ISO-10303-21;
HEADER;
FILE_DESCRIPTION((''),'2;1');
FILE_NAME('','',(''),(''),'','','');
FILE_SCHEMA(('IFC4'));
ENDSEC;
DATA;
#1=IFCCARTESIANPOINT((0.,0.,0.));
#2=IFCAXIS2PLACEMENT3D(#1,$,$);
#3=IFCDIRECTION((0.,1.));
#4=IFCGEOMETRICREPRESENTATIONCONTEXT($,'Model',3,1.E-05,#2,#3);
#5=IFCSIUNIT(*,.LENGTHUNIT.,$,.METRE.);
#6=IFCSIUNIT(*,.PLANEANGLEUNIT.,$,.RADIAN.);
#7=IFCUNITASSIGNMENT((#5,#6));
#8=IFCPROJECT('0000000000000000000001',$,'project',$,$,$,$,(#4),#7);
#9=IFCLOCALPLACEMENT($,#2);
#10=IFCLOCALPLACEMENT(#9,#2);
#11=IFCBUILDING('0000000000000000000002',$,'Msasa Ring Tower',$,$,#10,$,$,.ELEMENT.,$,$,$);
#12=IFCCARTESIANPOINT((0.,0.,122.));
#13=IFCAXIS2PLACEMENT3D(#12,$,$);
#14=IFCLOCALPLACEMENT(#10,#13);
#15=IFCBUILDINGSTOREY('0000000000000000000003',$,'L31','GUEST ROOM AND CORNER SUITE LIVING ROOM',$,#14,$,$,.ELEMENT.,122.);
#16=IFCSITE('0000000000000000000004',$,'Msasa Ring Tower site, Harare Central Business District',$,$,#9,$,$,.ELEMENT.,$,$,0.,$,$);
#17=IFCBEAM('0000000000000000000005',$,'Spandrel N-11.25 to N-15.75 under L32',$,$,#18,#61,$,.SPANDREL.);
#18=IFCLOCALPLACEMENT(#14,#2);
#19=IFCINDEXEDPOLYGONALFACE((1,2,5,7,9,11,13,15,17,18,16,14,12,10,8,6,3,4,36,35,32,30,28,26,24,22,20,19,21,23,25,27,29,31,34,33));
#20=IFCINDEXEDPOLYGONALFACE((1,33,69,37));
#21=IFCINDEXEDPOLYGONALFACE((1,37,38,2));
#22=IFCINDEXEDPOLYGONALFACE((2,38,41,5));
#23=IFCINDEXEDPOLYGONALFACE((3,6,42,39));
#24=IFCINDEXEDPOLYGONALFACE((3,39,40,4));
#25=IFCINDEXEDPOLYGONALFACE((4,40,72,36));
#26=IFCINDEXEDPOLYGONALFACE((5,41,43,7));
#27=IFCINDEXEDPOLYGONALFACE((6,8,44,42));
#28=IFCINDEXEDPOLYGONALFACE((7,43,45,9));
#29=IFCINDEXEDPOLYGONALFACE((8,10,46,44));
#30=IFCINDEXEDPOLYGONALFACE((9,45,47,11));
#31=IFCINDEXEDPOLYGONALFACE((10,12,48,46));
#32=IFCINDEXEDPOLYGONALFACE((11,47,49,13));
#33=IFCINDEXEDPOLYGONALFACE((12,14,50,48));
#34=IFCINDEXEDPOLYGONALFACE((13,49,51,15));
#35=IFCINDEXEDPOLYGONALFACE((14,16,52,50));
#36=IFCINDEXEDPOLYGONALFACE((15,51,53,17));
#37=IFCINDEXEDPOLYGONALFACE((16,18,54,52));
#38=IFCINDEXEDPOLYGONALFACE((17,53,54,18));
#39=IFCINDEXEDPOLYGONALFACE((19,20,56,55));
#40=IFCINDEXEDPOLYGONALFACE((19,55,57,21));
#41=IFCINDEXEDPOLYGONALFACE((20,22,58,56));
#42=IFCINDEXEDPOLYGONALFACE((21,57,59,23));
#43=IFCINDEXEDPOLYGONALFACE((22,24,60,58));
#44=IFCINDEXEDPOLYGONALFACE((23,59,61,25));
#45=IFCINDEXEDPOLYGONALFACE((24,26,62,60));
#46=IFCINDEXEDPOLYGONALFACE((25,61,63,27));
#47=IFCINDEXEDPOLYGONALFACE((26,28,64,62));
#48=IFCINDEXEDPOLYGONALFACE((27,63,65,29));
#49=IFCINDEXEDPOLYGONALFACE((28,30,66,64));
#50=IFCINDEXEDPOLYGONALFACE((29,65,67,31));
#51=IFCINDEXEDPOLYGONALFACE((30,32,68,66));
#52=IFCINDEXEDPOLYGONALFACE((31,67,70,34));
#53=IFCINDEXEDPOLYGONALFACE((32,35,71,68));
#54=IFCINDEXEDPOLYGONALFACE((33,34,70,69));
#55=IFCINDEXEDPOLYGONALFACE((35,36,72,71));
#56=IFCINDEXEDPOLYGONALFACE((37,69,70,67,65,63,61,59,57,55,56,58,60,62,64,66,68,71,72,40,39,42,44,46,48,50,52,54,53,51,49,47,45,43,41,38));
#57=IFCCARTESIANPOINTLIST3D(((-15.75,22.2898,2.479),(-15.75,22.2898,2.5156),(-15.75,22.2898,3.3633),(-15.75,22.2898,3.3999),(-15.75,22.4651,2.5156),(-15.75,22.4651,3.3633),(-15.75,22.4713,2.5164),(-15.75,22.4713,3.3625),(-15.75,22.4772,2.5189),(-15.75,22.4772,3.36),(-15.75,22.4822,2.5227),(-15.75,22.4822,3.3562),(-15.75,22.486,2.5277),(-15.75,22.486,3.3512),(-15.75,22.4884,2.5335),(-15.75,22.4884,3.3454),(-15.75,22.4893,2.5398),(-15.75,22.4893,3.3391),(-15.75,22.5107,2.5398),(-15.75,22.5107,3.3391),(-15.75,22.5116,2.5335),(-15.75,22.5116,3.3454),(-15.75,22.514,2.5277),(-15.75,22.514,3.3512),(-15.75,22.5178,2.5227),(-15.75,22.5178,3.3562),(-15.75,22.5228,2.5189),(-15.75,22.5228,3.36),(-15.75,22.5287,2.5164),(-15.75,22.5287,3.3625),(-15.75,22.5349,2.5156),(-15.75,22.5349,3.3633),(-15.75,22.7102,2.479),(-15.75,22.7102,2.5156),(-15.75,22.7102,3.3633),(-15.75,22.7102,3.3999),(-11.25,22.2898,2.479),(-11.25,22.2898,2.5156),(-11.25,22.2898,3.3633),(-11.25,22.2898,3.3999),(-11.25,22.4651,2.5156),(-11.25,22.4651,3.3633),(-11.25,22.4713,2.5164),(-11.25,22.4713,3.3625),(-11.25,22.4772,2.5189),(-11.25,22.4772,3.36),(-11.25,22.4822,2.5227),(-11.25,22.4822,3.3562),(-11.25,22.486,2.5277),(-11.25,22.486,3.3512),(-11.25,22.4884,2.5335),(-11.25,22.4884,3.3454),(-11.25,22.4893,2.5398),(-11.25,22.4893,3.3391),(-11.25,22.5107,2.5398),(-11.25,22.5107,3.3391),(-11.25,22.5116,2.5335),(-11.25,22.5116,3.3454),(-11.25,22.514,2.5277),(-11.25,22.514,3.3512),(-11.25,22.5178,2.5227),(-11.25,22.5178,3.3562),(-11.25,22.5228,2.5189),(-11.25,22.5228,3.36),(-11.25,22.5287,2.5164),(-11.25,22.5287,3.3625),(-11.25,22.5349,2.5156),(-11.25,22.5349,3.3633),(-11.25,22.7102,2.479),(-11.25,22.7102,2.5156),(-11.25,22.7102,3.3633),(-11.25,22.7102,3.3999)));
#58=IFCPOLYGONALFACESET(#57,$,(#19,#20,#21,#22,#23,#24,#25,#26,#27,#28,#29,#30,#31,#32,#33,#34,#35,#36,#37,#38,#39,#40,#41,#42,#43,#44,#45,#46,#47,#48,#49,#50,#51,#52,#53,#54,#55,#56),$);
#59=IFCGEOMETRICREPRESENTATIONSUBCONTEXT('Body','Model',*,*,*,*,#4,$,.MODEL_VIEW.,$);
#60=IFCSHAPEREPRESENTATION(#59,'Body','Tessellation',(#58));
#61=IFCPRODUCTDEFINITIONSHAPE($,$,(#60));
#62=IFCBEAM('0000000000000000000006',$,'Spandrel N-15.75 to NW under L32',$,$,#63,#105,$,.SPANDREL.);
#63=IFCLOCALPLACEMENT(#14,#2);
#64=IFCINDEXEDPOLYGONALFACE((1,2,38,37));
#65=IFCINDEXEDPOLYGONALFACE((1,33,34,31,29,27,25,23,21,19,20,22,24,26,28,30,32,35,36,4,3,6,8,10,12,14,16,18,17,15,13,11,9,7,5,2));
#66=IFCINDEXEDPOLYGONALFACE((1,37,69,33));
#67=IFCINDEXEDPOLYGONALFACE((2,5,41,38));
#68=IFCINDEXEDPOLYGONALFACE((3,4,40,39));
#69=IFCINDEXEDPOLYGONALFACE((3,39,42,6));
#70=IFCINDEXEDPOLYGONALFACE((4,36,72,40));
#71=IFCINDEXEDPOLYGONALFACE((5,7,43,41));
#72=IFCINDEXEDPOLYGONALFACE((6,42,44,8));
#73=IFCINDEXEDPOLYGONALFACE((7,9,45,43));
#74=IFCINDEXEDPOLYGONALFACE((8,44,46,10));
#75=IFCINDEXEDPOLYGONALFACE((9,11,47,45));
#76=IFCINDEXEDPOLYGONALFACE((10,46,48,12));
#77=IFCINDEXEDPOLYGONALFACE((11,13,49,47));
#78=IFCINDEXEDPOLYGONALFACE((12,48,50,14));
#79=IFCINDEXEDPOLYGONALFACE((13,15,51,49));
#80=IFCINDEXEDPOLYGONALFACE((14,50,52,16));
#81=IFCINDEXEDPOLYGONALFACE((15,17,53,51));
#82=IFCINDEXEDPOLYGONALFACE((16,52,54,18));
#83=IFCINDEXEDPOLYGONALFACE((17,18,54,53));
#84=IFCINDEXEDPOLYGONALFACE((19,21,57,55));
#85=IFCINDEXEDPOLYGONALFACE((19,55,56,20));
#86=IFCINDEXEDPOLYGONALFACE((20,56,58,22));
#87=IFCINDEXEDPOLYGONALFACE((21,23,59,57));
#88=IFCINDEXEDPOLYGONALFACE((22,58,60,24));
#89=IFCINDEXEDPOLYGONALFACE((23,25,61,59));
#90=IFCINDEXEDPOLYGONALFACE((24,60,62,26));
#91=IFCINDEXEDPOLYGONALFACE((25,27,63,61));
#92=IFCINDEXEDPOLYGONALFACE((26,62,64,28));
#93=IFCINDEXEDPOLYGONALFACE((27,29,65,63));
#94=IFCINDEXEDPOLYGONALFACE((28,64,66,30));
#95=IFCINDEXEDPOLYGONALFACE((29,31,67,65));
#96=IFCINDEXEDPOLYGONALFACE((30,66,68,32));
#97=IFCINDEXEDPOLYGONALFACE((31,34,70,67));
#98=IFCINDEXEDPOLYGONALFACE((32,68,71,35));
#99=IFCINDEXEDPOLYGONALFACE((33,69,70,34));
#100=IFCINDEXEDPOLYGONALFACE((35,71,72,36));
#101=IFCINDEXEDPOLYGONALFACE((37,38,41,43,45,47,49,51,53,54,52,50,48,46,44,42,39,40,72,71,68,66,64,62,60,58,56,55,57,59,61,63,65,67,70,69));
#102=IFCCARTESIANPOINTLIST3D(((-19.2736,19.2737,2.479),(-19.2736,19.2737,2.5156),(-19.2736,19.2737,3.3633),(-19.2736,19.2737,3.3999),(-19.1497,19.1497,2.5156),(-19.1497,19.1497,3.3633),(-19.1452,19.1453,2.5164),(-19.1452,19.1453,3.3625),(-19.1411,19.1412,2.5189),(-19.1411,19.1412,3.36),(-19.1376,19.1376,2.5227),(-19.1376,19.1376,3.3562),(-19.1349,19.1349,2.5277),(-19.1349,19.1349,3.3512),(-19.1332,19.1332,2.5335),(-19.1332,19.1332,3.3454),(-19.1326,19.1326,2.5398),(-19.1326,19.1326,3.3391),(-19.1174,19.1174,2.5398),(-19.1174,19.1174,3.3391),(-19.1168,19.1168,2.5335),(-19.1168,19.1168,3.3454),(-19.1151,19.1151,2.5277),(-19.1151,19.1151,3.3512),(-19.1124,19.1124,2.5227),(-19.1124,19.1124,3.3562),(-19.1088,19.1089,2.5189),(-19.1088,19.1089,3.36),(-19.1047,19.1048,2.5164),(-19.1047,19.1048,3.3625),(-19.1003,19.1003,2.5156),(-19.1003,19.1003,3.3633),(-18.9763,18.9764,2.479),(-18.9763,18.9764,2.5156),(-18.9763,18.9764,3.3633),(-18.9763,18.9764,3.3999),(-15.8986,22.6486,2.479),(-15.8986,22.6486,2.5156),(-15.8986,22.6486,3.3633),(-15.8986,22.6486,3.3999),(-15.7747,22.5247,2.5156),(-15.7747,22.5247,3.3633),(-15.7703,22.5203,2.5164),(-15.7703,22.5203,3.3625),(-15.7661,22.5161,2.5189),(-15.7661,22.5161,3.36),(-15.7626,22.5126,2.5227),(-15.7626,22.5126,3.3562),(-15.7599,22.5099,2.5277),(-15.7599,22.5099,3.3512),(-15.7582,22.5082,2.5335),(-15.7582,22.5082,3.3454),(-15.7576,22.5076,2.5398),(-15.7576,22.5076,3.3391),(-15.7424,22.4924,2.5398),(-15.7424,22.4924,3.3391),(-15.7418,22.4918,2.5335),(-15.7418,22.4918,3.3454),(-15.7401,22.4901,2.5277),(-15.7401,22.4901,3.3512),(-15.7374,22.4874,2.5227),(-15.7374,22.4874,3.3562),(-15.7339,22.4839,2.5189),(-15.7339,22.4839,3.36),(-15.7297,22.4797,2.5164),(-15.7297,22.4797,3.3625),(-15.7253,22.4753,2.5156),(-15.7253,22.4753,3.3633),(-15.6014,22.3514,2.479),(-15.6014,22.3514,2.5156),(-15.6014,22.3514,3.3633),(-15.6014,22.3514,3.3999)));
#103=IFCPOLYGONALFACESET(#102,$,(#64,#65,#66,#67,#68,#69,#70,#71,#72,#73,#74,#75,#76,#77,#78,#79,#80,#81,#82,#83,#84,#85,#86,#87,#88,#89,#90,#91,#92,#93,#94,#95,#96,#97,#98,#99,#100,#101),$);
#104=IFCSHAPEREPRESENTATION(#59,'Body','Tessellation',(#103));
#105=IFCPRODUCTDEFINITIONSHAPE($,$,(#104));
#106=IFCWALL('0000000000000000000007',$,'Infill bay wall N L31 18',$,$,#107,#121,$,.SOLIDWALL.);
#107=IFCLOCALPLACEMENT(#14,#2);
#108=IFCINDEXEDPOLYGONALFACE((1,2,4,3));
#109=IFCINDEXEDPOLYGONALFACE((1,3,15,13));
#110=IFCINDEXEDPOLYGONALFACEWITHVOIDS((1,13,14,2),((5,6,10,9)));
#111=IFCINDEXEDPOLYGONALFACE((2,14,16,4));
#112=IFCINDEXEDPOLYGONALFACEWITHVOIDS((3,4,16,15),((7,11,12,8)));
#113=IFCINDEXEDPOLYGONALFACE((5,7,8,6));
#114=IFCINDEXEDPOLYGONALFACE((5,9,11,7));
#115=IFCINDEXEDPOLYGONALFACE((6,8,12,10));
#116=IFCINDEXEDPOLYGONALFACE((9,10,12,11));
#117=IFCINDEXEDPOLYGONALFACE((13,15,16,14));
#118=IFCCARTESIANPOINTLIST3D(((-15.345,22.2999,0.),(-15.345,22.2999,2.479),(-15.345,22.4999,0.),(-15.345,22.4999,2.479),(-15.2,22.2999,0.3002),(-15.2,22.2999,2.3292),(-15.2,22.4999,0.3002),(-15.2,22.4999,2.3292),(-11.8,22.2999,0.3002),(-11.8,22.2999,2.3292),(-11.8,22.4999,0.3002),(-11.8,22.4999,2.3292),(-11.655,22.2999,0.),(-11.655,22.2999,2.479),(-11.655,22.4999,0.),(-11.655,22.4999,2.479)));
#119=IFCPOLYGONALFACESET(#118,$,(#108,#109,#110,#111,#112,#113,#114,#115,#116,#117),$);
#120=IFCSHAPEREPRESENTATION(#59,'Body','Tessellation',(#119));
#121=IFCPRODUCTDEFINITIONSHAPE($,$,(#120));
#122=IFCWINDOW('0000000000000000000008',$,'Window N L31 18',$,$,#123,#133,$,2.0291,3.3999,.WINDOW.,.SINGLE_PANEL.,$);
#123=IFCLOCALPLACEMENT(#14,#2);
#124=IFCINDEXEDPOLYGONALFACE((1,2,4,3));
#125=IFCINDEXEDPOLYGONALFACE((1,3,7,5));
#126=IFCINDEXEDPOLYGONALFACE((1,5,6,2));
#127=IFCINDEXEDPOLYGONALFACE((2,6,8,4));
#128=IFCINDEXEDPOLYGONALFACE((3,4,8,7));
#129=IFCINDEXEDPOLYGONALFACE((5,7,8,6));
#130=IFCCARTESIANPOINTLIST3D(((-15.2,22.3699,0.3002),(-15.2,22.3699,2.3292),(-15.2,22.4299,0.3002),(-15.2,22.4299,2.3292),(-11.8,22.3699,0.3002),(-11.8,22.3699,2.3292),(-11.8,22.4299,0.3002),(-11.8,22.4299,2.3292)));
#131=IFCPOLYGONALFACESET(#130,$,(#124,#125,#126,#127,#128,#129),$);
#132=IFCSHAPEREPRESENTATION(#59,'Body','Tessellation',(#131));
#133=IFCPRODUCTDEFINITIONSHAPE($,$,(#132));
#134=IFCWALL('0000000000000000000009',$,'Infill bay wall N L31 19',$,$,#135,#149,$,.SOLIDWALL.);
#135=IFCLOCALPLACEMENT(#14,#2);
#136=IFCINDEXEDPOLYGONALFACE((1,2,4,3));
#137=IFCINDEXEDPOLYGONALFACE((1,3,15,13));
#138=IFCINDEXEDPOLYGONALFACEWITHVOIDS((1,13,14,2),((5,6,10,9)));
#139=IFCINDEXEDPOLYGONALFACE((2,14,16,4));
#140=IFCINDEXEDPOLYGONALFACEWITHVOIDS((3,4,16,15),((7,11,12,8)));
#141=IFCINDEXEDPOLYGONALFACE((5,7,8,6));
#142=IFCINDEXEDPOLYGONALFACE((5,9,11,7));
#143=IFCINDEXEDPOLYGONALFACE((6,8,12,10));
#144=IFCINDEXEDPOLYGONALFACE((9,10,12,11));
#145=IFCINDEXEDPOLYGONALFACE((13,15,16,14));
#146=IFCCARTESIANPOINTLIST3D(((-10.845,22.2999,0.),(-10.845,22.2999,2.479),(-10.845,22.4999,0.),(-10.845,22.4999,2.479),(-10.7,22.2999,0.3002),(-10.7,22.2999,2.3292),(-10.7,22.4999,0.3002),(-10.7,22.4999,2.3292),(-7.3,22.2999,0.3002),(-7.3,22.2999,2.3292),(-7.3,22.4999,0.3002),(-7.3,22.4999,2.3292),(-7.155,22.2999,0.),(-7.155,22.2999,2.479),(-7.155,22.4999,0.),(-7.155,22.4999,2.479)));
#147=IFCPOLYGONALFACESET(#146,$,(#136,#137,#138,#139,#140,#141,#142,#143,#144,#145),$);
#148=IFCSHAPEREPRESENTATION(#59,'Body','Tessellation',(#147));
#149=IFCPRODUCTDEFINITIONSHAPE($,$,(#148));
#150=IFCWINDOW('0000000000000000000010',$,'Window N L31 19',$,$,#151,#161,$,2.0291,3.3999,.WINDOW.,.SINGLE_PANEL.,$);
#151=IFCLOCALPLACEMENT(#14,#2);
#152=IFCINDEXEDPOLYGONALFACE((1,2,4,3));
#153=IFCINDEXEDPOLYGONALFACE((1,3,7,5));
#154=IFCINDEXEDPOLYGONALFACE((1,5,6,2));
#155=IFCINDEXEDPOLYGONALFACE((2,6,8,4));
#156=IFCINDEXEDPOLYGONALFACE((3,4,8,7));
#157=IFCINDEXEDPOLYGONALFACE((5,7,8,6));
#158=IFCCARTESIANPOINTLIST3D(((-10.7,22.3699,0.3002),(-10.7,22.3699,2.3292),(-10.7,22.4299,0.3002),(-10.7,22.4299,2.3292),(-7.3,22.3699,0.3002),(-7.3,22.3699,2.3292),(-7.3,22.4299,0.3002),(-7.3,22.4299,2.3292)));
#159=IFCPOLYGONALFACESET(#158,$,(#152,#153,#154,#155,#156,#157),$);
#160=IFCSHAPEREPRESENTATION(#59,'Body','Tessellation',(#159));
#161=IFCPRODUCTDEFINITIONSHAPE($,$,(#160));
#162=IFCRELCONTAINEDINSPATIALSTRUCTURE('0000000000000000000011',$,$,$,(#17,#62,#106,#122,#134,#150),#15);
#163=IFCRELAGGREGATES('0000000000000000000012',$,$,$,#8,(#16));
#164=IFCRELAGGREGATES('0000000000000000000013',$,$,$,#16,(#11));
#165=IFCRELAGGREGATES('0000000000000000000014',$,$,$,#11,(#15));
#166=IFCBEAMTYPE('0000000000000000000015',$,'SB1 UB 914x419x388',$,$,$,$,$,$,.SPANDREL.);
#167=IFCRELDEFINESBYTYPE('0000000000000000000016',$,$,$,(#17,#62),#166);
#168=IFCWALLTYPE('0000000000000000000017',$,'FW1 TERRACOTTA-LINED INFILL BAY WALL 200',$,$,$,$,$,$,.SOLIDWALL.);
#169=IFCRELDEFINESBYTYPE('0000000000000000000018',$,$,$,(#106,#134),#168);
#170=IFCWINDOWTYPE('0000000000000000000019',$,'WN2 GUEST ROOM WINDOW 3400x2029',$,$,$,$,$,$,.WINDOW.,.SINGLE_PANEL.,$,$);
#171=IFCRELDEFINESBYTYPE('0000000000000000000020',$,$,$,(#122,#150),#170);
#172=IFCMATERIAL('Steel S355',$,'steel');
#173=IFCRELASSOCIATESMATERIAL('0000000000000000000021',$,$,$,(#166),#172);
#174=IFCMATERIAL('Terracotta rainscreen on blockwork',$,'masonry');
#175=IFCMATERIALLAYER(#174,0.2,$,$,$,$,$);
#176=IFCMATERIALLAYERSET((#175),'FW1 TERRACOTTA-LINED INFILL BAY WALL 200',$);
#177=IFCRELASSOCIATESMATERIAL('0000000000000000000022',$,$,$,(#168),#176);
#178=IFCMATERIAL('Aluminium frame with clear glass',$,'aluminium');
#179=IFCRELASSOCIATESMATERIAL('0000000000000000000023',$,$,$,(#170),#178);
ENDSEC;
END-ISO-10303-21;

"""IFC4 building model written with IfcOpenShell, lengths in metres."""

from ifc_helpers import new_model, si_unit, direction, frame, frame_2d, origin, origin_2d, place, context, subcontext, project, spatial, rectangle, i_section, extrude, material, layer, layer_set, material_profile, profile_set, type_object, element, fill, save


model = new_model("IFC4")

# Units and contexts
model_context = context("Model", 3, precision=1e-05, world=origin(), true_north=direction((0.0, 1.0)))
body_context = subcontext(model_context, "Body", "Model", "MODEL_VIEW")
ifc_project = project(units=[si_unit("LENGTHUNIT", "METRE"), si_unit("PLANEANGLEUNIT", "RADIAN")], contexts=[model_context])

# Site, building, storey
site_placement = place(None, origin())
site = spatial("IfcSite", under=ifc_project, at=site_placement, Name="Msasa Ring Tower site, Harare Central Business District", CompositionType="ELEMENT", RefElevation=0.0)
building_placement = place(site_placement, origin())
building = spatial("IfcBuilding", under=site, at=building_placement, Name="Msasa Ring Tower", CompositionType="ELEMENT")
storey_placement = place(building_placement, frame((0.0, 0.0, 122.0)))
storey = spatial("IfcBuildingStorey", under=building, at=storey_placement, Name="L31", Description="GUEST ROOM AND CORNER SUITE LIVING ROOM", CompositionType="ELEMENT", Elevation=122.0)

# Beams
ifc_material_1 = material(Name="Steel S355", Category="steel")
ifc_material_profile_1 = material_profile(ifc_material_1, i_section(OverallWidth=0.4204, OverallDepth=0.9209, WebThickness=0.0215, FlangeThickness=0.0366, FilletRadius=0.0242, at=origin_2d()), Name="UB 914x419x388")
ifc_profile_set_1 = profile_set([ifc_material_profile_1], Name="Steel S355")
beam_type_1 = type_object("IfcBeamType", Name="SB1 UB 914x419x388", PredefinedType="SPANDREL", material=ifc_profile_set_1)
for number, where, z_axis, x_axis, name in (
    (1, (-11.25, 22.5, 2.9395), (-1.0, 0.0, 0.0), (0.0, -1.0, 0.0), "Spandrel N-11.25 to N-15.75 under L32"),
):
    element("IfcBeam", number, at=place(storey_placement, frame(where, z_axis=z_axis, x_axis=x_axis)), inside=storey, type_object=beam_type_1, Name=name, PredefinedType="SPANDREL", context=body_context, shape_type="SweptSolid", body=[
        extrude(i_section(OverallWidth=0.4204, OverallDepth=0.9209, WebThickness=0.0215, FlangeThickness=0.0366, FilletRadius=0.0242, at=origin_2d()), origin(), (0.0, 0.0, 1.0), 4.5),
    ])
beam_placement = place(storey_placement, frame((-15.75, 22.5, 2.9395), z_axis=(-0.707107, -0.707107, 0.0), x_axis=(0.707107, -0.707107, 0.0)))
element("IfcBeam", 2, at=beam_placement, inside=storey, type_object=beam_type_1, Name="Spandrel N-15.75 to NW under L32", PredefinedType="SPANDREL", context=body_context, shape_type="SweptSolid", body=[
    extrude(i_section(OverallWidth=0.4204, OverallDepth=0.9209, WebThickness=0.0215, FlangeThickness=0.0366, FilletRadius=0.0242, at=origin_2d()), origin(), (0.0, 0.0, 1.0), 4.7729),
])

# Walls, openings, windows
ifc_material_2 = material(Name="Terracotta rainscreen on blockwork", Category="masonry")
ifc_layer_1 = layer(ifc_material_2, 0.2)
ifc_layer_set_1 = layer_set([ifc_layer_1], Name="FW1 TERRACOTTA-LINED INFILL BAY WALL 200")
wall_type_1 = type_object("IfcWallType", Name="FW1 TERRACOTTA-LINED INFILL BAY WALL 200", PredefinedType="SOLIDWALL", material=ifc_layer_set_1)
wall_1_placement = place(storey_placement, frame((-15.345, 22.3999, 0.0), z_axis=(0.0, 0.0, 1.0), x_axis=(1.0, 0.0, 0.0)))
wall_1 = element("IfcWall", 3, at=wall_1_placement, inside=storey, type_object=wall_type_1, Name="Infill bay wall N L31 18", PredefinedType="SOLIDWALL", context=body_context, shape_type="SweptSolid", body=[
    extrude(rectangle(XDim=3.6899, YDim=0.2, at=frame_2d((1.845, 0.0))), origin(), (0.0, 0.0, 1.0), 2.479),
])
opening_1_placement = place(wall_1_placement, frame((0.145, 0.0, 0.3)))
opening_1 = element("IfcOpeningElement", 4, at=opening_1_placement, cuts=wall_1, PredefinedType="OPENING", context=body_context, shape_type="SweptSolid", body=[
    extrude(rectangle(XDim=3.3999, YDim=2.0291, at=frame_2d((1.7, 1.0146))), frame((0.0, 0.1099, 0.0), z_axis=(0.0, -1.0, 0.0), x_axis=(1.0, 0.0, 0.0)), (0.0, 0.0, 1.0), 0.22),
])
ifc_material_3 = material(Name="Aluminium frame with clear glass", Category="aluminium")
window_type = type_object("IfcWindowType", Name="WN2 GUEST ROOM WINDOW 3400x2029", PartitioningType="SINGLE_PANEL", PredefinedType="WINDOW", material=ifc_material_3)
window_1_placement = place(opening_1_placement, origin())
window_1 = element("IfcWindow", 5, at=window_1_placement, inside=storey, type_object=window_type, Name="Window N L31 18", OverallHeight=2.0291, OverallWidth=3.3999, PartitioningType="SINGLE_PANEL", PredefinedType="WINDOW", context=body_context, shape_type="SweptSolid", body=[
    extrude(rectangle(XDim=3.3999, YDim=2.0291, at=frame_2d((1.7, 1.0146))), frame((0.0, 0.03, 0.0), z_axis=(0.0, -1.0, 0.0), x_axis=(1.0, 0.0, 0.0)), (0.0, 0.0, 1.0), 0.0601),
])
fill(opening_1, window_1)
wall_2_placement = place(storey_placement, frame((-10.845, 22.3999, 0.0), z_axis=(0.0, 0.0, 1.0), x_axis=(1.0, 0.0, 0.0)))
wall_2 = element("IfcWall", 6, at=wall_2_placement, inside=storey, type_object=wall_type_1, Name="Infill bay wall N L31 19", PredefinedType="SOLIDWALL", context=body_context, shape_type="SweptSolid", body=[
    extrude(rectangle(XDim=3.6899, YDim=0.2, at=frame_2d((1.845, 0.0))), origin(), (0.0, 0.0, 1.0), 2.479),
])
opening_2_placement = place(wall_2_placement, frame((0.145, 0.0, 0.3)))
opening_2 = element("IfcOpeningElement", 7, at=opening_2_placement, cuts=wall_2, PredefinedType="OPENING", context=body_context, shape_type="SweptSolid", body=[
    extrude(rectangle(XDim=3.3999, YDim=2.0291, at=frame_2d((1.7, 1.0146))), frame((0.0, 0.1099, 0.0), z_axis=(0.0, -1.0, 0.0), x_axis=(1.0, 0.0, 0.0)), (0.0, 0.0, 1.0), 0.22),
])
window_2_placement = place(opening_2_placement, origin())
window_2 = element("IfcWindow", 8, at=window_2_placement, inside=storey, type_object=window_type, Name="Window N L31 19", OverallHeight=2.0291, OverallWidth=3.3999, PartitioningType="SINGLE_PANEL", PredefinedType="WINDOW", context=body_context, shape_type="SweptSolid", body=[
    extrude(rectangle(XDim=3.3999, YDim=2.0291, at=frame_2d((1.7, 1.0146))), frame((0.0, 0.03, 0.0), z_axis=(0.0, -1.0, 0.0), x_axis=(1.0, 0.0, 0.0)), (0.0, 0.0, 1.0), 0.0601),
])
fill(opening_2, window_2)

save(model, "model.ifc")
